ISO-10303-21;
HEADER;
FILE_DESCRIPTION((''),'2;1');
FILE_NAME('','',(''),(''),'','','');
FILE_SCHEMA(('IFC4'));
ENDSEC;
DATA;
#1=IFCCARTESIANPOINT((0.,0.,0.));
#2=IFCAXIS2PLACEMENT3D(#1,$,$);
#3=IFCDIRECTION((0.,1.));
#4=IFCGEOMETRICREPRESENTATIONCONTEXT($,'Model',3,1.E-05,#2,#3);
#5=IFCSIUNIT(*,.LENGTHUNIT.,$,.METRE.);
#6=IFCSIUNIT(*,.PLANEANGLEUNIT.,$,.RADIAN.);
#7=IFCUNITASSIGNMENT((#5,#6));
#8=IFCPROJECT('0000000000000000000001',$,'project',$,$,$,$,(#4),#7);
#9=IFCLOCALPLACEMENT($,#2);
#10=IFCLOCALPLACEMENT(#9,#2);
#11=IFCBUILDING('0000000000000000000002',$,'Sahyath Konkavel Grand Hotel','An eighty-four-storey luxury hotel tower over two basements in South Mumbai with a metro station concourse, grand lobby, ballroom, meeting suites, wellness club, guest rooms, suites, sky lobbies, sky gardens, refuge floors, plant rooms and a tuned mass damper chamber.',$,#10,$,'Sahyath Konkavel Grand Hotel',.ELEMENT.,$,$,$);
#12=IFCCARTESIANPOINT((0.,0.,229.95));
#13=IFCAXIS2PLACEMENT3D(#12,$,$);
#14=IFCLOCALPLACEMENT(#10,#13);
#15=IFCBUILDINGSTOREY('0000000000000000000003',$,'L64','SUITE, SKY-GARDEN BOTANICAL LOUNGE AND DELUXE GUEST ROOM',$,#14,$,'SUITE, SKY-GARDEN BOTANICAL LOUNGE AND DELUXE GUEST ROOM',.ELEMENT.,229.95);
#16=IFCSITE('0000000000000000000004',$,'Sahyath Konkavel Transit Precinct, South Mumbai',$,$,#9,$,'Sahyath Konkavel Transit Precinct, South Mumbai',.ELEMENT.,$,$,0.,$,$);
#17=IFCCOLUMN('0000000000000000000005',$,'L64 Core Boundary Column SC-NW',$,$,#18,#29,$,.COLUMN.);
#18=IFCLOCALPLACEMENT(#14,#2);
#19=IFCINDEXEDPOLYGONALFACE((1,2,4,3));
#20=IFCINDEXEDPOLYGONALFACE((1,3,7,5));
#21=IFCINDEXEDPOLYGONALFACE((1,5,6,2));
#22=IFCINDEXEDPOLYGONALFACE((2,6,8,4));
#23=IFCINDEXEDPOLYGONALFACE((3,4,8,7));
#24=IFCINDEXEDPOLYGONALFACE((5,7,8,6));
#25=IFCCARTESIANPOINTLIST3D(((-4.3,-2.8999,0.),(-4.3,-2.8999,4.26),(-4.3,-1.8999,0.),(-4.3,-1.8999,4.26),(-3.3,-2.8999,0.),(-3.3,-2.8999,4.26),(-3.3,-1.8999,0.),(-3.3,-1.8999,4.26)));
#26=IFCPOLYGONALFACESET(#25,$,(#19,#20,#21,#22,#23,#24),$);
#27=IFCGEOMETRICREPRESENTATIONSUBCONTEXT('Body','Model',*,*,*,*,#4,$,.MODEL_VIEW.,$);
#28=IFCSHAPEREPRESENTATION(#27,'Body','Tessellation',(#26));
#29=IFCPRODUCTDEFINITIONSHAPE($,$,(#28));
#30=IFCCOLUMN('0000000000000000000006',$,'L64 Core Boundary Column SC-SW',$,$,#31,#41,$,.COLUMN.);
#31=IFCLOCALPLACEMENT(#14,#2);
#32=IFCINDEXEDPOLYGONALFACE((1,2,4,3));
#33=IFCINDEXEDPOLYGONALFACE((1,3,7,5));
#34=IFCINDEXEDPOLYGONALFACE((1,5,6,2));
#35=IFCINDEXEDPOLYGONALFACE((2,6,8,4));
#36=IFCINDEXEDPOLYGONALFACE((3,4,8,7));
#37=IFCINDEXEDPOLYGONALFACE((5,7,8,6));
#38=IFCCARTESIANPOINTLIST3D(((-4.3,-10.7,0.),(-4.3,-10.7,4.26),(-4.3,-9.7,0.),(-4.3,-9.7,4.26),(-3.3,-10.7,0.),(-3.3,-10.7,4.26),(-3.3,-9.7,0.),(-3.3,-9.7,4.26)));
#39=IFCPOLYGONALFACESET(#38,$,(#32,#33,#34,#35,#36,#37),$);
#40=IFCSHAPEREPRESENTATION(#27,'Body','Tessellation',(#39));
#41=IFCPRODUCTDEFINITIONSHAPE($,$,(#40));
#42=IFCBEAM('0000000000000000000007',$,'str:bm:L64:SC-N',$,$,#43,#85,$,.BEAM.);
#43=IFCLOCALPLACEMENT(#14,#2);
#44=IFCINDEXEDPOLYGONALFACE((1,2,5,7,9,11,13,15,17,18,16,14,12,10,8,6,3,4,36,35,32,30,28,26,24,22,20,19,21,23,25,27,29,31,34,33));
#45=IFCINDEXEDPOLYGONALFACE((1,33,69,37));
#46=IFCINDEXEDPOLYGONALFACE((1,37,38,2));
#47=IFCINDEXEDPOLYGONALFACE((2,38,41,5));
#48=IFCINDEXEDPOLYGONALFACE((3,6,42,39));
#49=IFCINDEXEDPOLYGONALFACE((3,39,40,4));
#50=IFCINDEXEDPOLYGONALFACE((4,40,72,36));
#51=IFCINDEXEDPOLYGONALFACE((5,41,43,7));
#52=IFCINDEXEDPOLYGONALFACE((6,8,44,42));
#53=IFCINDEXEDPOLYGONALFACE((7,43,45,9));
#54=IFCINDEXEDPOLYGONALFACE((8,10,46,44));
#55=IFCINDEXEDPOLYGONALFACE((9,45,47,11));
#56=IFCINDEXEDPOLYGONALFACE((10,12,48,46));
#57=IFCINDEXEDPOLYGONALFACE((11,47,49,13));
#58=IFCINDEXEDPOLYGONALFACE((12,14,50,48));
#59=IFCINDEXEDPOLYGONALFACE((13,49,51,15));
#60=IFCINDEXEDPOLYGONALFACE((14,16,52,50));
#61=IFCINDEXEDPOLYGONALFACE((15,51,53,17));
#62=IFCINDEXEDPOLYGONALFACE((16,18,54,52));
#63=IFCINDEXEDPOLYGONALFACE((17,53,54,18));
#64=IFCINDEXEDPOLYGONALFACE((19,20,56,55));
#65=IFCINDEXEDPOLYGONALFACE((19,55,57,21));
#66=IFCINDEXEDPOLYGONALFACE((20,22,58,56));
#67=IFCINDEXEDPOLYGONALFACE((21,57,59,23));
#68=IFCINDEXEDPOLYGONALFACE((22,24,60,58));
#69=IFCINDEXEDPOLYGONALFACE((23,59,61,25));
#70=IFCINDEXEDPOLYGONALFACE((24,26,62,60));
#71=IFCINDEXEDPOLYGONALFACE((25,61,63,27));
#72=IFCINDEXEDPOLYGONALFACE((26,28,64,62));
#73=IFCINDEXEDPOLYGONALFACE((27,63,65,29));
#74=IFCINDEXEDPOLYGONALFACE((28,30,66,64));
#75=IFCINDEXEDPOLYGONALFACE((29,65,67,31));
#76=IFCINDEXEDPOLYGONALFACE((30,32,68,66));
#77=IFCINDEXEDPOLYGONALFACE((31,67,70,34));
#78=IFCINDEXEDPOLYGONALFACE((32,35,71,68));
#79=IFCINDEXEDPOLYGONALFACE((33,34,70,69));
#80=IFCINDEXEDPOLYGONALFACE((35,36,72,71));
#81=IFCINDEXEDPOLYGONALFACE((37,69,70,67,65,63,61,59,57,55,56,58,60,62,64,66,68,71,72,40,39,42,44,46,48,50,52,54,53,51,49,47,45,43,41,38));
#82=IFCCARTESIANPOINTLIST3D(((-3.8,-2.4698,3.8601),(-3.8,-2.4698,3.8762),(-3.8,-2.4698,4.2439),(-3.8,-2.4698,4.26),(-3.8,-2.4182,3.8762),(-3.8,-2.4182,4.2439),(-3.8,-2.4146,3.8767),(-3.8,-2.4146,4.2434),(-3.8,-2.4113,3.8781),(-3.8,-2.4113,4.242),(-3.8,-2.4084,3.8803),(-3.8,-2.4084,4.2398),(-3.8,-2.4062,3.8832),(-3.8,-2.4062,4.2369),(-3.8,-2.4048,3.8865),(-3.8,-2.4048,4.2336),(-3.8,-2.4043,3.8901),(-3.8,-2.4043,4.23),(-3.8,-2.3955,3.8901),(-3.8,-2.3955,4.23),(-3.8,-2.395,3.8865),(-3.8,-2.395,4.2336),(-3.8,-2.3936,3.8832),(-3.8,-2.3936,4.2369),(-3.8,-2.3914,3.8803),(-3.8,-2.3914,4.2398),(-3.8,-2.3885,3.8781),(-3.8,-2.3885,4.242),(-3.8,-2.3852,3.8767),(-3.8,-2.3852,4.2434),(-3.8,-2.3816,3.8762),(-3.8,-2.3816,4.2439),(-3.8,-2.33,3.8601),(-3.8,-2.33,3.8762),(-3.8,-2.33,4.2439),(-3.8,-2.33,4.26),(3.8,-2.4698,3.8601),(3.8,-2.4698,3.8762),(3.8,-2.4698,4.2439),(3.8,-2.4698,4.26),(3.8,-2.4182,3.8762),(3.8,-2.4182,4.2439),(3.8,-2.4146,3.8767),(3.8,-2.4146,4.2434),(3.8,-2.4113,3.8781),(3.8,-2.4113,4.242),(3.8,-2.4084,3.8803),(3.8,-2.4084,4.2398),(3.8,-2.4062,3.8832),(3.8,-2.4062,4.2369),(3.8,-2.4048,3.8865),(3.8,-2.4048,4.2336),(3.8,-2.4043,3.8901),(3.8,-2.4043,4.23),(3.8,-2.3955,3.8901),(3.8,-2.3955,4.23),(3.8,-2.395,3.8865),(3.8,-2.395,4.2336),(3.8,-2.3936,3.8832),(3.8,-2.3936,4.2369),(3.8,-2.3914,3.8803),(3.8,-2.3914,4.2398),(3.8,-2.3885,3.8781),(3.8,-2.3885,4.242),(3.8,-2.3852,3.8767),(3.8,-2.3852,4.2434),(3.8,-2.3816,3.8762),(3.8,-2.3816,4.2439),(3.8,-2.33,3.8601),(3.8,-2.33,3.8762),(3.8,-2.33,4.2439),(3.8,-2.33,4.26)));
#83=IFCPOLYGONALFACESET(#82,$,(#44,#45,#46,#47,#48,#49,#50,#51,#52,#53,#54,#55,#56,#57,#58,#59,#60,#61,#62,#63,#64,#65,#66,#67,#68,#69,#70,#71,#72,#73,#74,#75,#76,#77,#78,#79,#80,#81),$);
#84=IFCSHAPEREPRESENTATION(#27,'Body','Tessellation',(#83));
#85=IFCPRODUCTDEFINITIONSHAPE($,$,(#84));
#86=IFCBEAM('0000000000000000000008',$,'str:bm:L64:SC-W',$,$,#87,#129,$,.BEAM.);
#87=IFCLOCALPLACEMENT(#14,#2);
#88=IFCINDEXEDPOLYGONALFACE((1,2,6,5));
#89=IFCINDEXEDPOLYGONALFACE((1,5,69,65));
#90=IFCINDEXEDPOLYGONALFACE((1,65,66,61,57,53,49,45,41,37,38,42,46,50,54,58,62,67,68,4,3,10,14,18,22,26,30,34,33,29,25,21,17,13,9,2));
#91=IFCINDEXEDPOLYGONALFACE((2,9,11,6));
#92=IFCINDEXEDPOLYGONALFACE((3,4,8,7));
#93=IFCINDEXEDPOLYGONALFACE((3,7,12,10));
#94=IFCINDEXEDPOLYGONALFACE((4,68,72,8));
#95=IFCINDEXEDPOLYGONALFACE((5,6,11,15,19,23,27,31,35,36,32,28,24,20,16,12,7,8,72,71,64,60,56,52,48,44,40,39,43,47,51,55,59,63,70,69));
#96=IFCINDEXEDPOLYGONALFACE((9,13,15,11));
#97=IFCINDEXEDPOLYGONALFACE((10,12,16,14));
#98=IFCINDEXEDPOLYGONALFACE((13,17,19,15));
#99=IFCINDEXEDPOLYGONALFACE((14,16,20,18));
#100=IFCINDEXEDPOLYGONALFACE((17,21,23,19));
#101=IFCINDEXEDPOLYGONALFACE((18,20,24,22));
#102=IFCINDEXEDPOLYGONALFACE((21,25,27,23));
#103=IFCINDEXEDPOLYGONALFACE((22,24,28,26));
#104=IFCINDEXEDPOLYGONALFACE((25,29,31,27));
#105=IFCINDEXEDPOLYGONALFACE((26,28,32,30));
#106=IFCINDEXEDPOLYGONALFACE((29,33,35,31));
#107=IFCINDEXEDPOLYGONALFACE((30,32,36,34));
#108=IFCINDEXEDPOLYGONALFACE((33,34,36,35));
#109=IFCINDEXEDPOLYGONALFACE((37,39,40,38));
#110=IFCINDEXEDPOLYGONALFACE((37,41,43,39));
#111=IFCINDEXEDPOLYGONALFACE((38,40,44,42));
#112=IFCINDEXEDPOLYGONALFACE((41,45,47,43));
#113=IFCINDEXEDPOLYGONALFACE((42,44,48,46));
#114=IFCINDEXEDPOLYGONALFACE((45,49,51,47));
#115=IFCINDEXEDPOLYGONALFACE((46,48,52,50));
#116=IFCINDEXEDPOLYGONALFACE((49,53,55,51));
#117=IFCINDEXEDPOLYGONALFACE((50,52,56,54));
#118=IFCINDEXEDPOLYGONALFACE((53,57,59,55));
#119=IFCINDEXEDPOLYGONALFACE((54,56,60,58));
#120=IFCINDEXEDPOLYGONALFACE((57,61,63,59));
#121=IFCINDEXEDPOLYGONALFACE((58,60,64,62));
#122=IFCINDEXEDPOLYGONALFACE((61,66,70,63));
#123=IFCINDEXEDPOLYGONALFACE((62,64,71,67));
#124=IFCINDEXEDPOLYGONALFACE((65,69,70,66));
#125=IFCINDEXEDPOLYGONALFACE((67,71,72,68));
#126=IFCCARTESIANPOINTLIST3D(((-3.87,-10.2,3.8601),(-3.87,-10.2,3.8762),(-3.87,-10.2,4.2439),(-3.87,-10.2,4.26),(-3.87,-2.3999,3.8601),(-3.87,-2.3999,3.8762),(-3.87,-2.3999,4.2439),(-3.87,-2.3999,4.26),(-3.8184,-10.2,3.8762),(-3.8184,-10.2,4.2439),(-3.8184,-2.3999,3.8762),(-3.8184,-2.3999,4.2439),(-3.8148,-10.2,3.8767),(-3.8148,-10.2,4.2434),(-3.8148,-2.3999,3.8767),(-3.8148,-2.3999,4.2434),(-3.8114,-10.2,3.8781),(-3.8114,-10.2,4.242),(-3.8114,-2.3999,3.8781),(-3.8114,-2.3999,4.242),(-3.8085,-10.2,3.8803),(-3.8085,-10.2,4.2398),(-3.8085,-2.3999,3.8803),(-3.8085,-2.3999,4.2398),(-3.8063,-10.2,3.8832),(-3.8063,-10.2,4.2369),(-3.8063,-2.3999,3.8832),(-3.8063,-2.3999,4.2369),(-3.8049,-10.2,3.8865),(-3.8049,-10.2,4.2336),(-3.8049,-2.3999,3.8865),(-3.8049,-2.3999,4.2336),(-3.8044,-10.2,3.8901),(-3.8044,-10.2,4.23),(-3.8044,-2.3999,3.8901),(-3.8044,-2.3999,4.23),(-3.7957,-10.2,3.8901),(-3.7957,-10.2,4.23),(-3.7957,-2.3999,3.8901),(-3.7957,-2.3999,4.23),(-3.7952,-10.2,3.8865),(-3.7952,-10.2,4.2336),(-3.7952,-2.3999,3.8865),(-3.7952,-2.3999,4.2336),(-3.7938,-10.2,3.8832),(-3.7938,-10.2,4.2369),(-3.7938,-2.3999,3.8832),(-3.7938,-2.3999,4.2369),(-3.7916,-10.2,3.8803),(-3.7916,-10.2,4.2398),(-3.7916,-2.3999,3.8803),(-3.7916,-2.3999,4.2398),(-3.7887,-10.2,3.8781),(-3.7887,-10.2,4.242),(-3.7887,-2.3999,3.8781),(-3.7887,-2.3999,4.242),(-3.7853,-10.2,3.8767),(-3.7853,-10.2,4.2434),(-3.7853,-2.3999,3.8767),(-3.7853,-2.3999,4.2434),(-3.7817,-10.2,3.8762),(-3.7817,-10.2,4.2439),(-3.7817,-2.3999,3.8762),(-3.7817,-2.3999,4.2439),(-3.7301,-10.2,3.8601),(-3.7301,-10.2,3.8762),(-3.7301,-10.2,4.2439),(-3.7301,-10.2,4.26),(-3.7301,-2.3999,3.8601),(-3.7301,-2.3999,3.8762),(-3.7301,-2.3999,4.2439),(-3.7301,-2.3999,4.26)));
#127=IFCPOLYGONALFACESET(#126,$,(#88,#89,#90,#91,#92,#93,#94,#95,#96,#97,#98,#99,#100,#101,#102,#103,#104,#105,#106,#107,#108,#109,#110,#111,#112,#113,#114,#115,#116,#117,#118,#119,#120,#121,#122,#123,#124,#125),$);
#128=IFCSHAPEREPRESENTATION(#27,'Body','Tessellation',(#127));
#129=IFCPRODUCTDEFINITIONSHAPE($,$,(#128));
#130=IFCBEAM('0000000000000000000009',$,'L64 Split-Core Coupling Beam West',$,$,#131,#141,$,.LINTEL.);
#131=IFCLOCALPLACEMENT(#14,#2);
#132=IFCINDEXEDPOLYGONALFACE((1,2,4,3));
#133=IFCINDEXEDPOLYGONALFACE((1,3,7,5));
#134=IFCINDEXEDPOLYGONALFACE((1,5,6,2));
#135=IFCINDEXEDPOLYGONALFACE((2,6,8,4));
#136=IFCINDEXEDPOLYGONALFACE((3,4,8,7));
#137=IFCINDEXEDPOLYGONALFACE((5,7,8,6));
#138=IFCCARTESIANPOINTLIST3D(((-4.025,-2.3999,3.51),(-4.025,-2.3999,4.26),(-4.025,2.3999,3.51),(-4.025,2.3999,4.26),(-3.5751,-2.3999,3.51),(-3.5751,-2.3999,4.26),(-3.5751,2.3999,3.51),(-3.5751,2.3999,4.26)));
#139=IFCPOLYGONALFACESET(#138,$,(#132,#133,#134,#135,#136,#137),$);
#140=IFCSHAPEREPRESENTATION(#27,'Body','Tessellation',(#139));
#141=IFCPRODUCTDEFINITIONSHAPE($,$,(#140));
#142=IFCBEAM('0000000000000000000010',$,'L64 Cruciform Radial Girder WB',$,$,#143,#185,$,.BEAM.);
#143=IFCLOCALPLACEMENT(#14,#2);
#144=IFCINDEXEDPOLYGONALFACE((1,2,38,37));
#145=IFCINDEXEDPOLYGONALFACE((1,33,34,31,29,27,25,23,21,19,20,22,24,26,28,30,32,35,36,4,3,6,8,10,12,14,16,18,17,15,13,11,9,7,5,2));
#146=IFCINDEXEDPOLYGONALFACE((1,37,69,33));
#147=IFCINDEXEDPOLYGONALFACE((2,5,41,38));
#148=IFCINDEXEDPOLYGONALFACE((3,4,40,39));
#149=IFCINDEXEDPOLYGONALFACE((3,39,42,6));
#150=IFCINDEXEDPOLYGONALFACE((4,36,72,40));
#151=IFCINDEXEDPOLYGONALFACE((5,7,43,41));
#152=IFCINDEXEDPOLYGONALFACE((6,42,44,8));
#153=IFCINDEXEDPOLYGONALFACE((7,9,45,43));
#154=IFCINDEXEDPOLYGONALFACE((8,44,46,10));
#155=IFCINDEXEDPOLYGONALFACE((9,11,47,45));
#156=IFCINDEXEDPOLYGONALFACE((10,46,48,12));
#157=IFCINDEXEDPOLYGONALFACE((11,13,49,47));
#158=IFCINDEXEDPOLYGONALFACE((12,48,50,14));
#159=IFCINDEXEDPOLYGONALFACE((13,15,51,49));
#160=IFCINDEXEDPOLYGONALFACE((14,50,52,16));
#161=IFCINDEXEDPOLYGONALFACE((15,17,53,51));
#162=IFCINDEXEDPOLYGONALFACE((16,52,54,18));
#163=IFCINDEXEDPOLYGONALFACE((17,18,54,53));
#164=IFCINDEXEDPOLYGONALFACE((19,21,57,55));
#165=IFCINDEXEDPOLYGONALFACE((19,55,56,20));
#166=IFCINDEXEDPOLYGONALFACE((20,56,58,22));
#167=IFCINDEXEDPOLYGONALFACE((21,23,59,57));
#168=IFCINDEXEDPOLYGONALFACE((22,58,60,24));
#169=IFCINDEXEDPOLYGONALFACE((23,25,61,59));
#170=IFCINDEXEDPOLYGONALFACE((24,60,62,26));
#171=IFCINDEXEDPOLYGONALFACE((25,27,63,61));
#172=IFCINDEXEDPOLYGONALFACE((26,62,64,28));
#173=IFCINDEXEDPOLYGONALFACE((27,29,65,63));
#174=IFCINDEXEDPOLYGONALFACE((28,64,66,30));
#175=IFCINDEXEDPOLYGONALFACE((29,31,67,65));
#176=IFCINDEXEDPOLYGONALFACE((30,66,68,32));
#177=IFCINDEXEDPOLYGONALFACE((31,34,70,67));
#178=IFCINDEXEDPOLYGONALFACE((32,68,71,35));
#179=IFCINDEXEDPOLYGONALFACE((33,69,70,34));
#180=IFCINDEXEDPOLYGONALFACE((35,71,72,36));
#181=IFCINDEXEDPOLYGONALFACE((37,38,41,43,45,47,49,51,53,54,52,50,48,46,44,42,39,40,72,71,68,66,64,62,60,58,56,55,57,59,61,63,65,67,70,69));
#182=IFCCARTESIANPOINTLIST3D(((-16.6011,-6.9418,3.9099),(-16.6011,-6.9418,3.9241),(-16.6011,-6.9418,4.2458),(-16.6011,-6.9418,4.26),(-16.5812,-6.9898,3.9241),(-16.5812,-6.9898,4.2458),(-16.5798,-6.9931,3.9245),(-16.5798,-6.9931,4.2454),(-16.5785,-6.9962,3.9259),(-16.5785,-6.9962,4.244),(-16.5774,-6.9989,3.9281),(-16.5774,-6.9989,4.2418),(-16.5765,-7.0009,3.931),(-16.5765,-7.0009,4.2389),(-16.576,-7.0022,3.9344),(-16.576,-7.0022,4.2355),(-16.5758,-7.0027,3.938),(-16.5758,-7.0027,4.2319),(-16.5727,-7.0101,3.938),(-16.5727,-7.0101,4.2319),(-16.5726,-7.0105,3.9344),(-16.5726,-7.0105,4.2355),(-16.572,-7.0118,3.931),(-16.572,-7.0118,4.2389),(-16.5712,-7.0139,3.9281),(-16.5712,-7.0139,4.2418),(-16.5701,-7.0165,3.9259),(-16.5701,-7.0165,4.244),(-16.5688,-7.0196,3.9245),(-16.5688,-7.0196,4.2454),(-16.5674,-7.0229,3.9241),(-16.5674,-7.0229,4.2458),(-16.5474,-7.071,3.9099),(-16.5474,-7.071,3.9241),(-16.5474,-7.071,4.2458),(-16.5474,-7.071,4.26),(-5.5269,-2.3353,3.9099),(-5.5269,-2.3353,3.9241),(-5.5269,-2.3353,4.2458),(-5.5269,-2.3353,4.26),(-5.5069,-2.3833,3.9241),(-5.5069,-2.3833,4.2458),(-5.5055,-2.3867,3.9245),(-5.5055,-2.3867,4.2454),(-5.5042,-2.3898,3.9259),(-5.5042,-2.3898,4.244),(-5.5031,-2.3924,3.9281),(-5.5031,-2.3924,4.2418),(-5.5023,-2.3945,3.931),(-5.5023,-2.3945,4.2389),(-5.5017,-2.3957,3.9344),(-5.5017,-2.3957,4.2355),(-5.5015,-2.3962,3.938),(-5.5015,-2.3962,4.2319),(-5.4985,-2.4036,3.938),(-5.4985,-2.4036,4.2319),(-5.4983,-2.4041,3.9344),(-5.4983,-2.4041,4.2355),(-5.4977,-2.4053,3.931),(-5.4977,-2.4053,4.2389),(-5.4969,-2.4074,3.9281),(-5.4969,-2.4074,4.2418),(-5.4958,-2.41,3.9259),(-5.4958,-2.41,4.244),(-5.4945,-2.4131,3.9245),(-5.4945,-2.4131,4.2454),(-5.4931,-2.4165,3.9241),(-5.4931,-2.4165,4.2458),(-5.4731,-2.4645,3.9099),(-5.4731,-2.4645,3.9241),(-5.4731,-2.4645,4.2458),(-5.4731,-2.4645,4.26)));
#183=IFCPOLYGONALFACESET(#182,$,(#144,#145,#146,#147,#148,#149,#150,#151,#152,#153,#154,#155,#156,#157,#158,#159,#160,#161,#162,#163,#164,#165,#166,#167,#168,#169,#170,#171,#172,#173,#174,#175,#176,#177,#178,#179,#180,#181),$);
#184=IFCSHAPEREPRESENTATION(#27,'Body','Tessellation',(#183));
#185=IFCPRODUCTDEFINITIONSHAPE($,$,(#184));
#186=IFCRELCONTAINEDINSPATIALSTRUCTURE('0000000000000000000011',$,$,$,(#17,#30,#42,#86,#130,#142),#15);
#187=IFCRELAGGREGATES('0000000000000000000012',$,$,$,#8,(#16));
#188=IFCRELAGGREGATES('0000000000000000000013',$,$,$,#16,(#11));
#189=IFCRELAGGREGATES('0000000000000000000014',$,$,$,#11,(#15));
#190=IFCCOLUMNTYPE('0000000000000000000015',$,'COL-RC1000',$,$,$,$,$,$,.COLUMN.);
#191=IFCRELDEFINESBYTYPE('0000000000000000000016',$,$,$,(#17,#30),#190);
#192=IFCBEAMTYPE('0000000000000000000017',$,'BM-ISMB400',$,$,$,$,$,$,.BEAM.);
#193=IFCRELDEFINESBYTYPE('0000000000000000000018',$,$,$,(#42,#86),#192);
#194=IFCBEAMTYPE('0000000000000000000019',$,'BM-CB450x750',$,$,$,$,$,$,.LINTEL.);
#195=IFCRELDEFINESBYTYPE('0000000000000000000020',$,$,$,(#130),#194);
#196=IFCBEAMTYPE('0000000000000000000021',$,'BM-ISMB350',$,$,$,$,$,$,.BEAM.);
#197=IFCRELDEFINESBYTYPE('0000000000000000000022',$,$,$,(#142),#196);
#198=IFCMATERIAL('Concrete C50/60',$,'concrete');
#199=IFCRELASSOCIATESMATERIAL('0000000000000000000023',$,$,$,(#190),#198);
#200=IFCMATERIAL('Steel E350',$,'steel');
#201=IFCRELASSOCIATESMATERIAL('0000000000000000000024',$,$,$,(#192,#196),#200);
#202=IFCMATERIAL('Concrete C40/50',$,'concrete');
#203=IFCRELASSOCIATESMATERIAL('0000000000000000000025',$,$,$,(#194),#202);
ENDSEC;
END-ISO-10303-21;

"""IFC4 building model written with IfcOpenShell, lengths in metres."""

from ifc_helpers import new_model, si_unit, direction, frame, origin, origin_2d, place, context, subcontext, project, spatial, rectangle, i_section, extrude, source, transform, mapped, material, material_profile, profile_set, type_object, element, save


model = new_model("IFC4")

# Units and contexts
model_context = context("Model", 3, precision=1e-05, world=origin(), true_north=direction((0.0, 1.0)))
body_context = subcontext(model_context, "Body", "Model", "MODEL_VIEW")
ifc_project = project(units=[si_unit("LENGTHUNIT", "METRE"), si_unit("PLANEANGLEUNIT", "RADIAN")], contexts=[model_context])

# Site, building, storey
site_placement = place(None, origin())
site = spatial("IfcSite", under=ifc_project, at=site_placement, Name="Sahyath Konkavel Transit Precinct, South Mumbai", LongName="Sahyath Konkavel Transit Precinct, South Mumbai", CompositionType="ELEMENT", RefElevation=0.0)
building_placement = place(site_placement, origin())
building = spatial("IfcBuilding", under=site, at=building_placement, Name="Sahyath Konkavel Grand Hotel", Description="An eighty-four-storey luxury hotel tower over two basements in South Mumbai with a metro station concourse, grand lobby, ballroom, meeting suites, wellness club, guest rooms, suites, sky lobbies, sky gardens, refuge floors, plant rooms and a tuned mass damper chamber.", LongName="Sahyath Konkavel Grand Hotel", CompositionType="ELEMENT")
storey_placement = place(building_placement, frame((0.0, 0.0, 229.95)))
storey = spatial("IfcBuildingStorey", under=building, at=storey_placement, Name="L64", Description="SUITE, SKY-GARDEN BOTANICAL LOUNGE AND DELUXE GUEST ROOM", LongName="SUITE, SKY-GARDEN BOTANICAL LOUNGE AND DELUXE GUEST ROOM", CompositionType="ELEMENT", Elevation=229.95)

# Columns
ifc_material_1 = material(Name="Concrete C50/60", Category="concrete")
ifc_material_profile_1 = material_profile(ifc_material_1, rectangle(XDim=1.0, YDim=1.0, at=origin_2d()), Name="RC 1000x1000")
ifc_profile_set_1 = profile_set([ifc_material_profile_1], Name="Concrete C50/60")
column_type = type_object("IfcColumnType", Name="COL-RC1000", PredefinedType="COLUMN", material=ifc_profile_set_1)
shared_shape_1 = source(origin(), body_context, "Body", "SweptSolid", [
    extrude(rectangle(XDim=1.0, YDim=1.0, at=origin_2d()), origin(), (0.0, 0.0, 1.0), 4.26),
])
for number, where, z_axis, x_axis, name in (
    (1, (-3.8, -2.3999, 0.0), (0.0, 0.0, 1.0), (1.0, 0.0, 0.0), "L64 Core Boundary Column SC-NW"),
    (2, (-3.8, -10.2, 0.0), (0.0, 0.0, 1.0), (1.0, 0.0, 0.0), "L64 Core Boundary Column SC-SW"),
):
    element("IfcColumn", number, at=place(storey_placement, frame(where, z_axis=z_axis, x_axis=x_axis)), inside=storey, type_object=column_type, Name=name, PredefinedType="COLUMN", context=body_context, shape_type="MappedRepresentation", body=[
        mapped(shared_shape_1, transform((0.0, 0.0, 0.0), scale=1.0)),
    ])

# Beams
ifc_material_2 = material(Name="Steel E350", Category="steel")
ifc_material_profile_2 = material_profile(ifc_material_2, i_section(OverallWidth=0.1399, OverallDepth=0.3999, WebThickness=0.0088, FlangeThickness=0.0161, FilletRadius=0.0139, at=origin_2d()), Name="ISMB 400")
ifc_profile_set_2 = profile_set([ifc_material_profile_2], Name="Steel E350")
beam_type_1 = type_object("IfcBeamType", Name="BM-ISMB400", PredefinedType="BEAM", material=ifc_profile_set_2)
shared_shape_2 = source(origin(), body_context, "Body", "SweptSolid", [
    extrude(i_section(OverallWidth=0.1399, OverallDepth=0.3999, WebThickness=0.0088, FlangeThickness=0.0161, FilletRadius=0.0139, at=origin_2d()), origin(), (0.0, 0.0, 1.0), 7.6001),
])
beam_1_placement = place(storey_placement, frame((-3.8, -2.3999, 4.0601), z_axis=(1.0, 0.0, 0.0), x_axis=(0.0, 1.0, 0.0)))
element("IfcBeam", 3, at=beam_1_placement, inside=storey, type_object=beam_type_1, Name="str:bm:L64:SC-N", PredefinedType="BEAM", context=body_context, shape_type="MappedRepresentation", body=[
    mapped(shared_shape_2, transform((0.0, 0.0, 0.0), scale=1.0)),
])
shared_shape_3 = source(origin(), body_context, "Body", "SweptSolid", [
    extrude(i_section(OverallWidth=0.1399, OverallDepth=0.3999, WebThickness=0.0088, FlangeThickness=0.0161, FilletRadius=0.0139, at=origin_2d()), origin(), (0.0, 0.0, 1.0), 7.8),
])
beam_2_placement = place(storey_placement, frame((-3.8, -10.2, 4.0601), z_axis=(0.0, 1.0, 0.0), x_axis=(-1.0, 0.0, 0.0)))
element("IfcBeam", 4, at=beam_2_placement, inside=storey, type_object=beam_type_1, Name="str:bm:L64:SC-W", PredefinedType="BEAM", context=body_context, shape_type="MappedRepresentation", body=[
    mapped(shared_shape_3, transform((0.0, 0.0, 0.0), scale=1.0)),
])
ifc_material_3 = material(Name="Concrete C40/50", Category="concrete")
ifc_material_profile_3 = material_profile(ifc_material_3, rectangle(XDim=0.45, YDim=0.75, at=origin_2d()), Name="RC 450x750")
ifc_profile_set_3 = profile_set([ifc_material_profile_3], Name="Concrete C40/50")
beam_type_2 = type_object("IfcBeamType", Name="BM-CB450x750", PredefinedType="LINTEL", material=ifc_profile_set_3)
shared_shape_4 = source(origin(), body_context, "Body", "SweptSolid", [
    extrude(rectangle(XDim=0.45, YDim=0.75, at=origin_2d()), origin(), (0.0, 0.0, 1.0), 4.7998),
])
beam_3_placement = place(storey_placement, frame((-3.8, -2.3999, 3.885), z_axis=(0.0, 1.0, 0.0), x_axis=(-1.0, 0.0, 0.0)))
element("IfcBeam", 5, at=beam_3_placement, inside=storey, type_object=beam_type_2, Name="L64 Split-Core Coupling Beam West", PredefinedType="LINTEL", context=body_context, shape_type="MappedRepresentation", body=[
    mapped(shared_shape_4, transform((0.0, 0.0, 0.0), scale=1.0)),
])
ifc_material_profile_4 = material_profile(ifc_material_2, i_section(OverallWidth=0.1399, OverallDepth=0.3501, WebThickness=0.0081, FlangeThickness=0.0142, FilletRadius=0.0139, at=origin_2d()), Name="ISMB 350")
ifc_profile_set_4 = profile_set([ifc_material_profile_4], Name="Steel E350")
beam_type_3 = type_object("IfcBeamType", Name="BM-ISMB350", PredefinedType="BEAM", material=ifc_profile_set_4)
shared_shape_5 = source(origin(), body_context, "Body", "SweptSolid", [
    extrude(i_section(OverallWidth=0.1399, OverallDepth=0.3501, WebThickness=0.0081, FlangeThickness=0.0142, FilletRadius=0.0139, at=origin_2d()), origin(), (0.0, 0.0, 1.0), 11.9941),
])
beam_4_placement = place(storey_placement, frame((-5.5, -2.3999, 4.085), z_axis=(-0.923308, -0.38406, 0.0), x_axis=(0.38406, -0.923308, 0.0)))
element("IfcBeam", 6, at=beam_4_placement, inside=storey, type_object=beam_type_3, Name="L64 Cruciform Radial Girder WB", PredefinedType="BEAM", context=body_context, shape_type="MappedRepresentation", body=[
    mapped(shared_shape_5, transform((0.0, 0.0, 0.0), scale=1.0)),
])

save(model, "model.ifc")
